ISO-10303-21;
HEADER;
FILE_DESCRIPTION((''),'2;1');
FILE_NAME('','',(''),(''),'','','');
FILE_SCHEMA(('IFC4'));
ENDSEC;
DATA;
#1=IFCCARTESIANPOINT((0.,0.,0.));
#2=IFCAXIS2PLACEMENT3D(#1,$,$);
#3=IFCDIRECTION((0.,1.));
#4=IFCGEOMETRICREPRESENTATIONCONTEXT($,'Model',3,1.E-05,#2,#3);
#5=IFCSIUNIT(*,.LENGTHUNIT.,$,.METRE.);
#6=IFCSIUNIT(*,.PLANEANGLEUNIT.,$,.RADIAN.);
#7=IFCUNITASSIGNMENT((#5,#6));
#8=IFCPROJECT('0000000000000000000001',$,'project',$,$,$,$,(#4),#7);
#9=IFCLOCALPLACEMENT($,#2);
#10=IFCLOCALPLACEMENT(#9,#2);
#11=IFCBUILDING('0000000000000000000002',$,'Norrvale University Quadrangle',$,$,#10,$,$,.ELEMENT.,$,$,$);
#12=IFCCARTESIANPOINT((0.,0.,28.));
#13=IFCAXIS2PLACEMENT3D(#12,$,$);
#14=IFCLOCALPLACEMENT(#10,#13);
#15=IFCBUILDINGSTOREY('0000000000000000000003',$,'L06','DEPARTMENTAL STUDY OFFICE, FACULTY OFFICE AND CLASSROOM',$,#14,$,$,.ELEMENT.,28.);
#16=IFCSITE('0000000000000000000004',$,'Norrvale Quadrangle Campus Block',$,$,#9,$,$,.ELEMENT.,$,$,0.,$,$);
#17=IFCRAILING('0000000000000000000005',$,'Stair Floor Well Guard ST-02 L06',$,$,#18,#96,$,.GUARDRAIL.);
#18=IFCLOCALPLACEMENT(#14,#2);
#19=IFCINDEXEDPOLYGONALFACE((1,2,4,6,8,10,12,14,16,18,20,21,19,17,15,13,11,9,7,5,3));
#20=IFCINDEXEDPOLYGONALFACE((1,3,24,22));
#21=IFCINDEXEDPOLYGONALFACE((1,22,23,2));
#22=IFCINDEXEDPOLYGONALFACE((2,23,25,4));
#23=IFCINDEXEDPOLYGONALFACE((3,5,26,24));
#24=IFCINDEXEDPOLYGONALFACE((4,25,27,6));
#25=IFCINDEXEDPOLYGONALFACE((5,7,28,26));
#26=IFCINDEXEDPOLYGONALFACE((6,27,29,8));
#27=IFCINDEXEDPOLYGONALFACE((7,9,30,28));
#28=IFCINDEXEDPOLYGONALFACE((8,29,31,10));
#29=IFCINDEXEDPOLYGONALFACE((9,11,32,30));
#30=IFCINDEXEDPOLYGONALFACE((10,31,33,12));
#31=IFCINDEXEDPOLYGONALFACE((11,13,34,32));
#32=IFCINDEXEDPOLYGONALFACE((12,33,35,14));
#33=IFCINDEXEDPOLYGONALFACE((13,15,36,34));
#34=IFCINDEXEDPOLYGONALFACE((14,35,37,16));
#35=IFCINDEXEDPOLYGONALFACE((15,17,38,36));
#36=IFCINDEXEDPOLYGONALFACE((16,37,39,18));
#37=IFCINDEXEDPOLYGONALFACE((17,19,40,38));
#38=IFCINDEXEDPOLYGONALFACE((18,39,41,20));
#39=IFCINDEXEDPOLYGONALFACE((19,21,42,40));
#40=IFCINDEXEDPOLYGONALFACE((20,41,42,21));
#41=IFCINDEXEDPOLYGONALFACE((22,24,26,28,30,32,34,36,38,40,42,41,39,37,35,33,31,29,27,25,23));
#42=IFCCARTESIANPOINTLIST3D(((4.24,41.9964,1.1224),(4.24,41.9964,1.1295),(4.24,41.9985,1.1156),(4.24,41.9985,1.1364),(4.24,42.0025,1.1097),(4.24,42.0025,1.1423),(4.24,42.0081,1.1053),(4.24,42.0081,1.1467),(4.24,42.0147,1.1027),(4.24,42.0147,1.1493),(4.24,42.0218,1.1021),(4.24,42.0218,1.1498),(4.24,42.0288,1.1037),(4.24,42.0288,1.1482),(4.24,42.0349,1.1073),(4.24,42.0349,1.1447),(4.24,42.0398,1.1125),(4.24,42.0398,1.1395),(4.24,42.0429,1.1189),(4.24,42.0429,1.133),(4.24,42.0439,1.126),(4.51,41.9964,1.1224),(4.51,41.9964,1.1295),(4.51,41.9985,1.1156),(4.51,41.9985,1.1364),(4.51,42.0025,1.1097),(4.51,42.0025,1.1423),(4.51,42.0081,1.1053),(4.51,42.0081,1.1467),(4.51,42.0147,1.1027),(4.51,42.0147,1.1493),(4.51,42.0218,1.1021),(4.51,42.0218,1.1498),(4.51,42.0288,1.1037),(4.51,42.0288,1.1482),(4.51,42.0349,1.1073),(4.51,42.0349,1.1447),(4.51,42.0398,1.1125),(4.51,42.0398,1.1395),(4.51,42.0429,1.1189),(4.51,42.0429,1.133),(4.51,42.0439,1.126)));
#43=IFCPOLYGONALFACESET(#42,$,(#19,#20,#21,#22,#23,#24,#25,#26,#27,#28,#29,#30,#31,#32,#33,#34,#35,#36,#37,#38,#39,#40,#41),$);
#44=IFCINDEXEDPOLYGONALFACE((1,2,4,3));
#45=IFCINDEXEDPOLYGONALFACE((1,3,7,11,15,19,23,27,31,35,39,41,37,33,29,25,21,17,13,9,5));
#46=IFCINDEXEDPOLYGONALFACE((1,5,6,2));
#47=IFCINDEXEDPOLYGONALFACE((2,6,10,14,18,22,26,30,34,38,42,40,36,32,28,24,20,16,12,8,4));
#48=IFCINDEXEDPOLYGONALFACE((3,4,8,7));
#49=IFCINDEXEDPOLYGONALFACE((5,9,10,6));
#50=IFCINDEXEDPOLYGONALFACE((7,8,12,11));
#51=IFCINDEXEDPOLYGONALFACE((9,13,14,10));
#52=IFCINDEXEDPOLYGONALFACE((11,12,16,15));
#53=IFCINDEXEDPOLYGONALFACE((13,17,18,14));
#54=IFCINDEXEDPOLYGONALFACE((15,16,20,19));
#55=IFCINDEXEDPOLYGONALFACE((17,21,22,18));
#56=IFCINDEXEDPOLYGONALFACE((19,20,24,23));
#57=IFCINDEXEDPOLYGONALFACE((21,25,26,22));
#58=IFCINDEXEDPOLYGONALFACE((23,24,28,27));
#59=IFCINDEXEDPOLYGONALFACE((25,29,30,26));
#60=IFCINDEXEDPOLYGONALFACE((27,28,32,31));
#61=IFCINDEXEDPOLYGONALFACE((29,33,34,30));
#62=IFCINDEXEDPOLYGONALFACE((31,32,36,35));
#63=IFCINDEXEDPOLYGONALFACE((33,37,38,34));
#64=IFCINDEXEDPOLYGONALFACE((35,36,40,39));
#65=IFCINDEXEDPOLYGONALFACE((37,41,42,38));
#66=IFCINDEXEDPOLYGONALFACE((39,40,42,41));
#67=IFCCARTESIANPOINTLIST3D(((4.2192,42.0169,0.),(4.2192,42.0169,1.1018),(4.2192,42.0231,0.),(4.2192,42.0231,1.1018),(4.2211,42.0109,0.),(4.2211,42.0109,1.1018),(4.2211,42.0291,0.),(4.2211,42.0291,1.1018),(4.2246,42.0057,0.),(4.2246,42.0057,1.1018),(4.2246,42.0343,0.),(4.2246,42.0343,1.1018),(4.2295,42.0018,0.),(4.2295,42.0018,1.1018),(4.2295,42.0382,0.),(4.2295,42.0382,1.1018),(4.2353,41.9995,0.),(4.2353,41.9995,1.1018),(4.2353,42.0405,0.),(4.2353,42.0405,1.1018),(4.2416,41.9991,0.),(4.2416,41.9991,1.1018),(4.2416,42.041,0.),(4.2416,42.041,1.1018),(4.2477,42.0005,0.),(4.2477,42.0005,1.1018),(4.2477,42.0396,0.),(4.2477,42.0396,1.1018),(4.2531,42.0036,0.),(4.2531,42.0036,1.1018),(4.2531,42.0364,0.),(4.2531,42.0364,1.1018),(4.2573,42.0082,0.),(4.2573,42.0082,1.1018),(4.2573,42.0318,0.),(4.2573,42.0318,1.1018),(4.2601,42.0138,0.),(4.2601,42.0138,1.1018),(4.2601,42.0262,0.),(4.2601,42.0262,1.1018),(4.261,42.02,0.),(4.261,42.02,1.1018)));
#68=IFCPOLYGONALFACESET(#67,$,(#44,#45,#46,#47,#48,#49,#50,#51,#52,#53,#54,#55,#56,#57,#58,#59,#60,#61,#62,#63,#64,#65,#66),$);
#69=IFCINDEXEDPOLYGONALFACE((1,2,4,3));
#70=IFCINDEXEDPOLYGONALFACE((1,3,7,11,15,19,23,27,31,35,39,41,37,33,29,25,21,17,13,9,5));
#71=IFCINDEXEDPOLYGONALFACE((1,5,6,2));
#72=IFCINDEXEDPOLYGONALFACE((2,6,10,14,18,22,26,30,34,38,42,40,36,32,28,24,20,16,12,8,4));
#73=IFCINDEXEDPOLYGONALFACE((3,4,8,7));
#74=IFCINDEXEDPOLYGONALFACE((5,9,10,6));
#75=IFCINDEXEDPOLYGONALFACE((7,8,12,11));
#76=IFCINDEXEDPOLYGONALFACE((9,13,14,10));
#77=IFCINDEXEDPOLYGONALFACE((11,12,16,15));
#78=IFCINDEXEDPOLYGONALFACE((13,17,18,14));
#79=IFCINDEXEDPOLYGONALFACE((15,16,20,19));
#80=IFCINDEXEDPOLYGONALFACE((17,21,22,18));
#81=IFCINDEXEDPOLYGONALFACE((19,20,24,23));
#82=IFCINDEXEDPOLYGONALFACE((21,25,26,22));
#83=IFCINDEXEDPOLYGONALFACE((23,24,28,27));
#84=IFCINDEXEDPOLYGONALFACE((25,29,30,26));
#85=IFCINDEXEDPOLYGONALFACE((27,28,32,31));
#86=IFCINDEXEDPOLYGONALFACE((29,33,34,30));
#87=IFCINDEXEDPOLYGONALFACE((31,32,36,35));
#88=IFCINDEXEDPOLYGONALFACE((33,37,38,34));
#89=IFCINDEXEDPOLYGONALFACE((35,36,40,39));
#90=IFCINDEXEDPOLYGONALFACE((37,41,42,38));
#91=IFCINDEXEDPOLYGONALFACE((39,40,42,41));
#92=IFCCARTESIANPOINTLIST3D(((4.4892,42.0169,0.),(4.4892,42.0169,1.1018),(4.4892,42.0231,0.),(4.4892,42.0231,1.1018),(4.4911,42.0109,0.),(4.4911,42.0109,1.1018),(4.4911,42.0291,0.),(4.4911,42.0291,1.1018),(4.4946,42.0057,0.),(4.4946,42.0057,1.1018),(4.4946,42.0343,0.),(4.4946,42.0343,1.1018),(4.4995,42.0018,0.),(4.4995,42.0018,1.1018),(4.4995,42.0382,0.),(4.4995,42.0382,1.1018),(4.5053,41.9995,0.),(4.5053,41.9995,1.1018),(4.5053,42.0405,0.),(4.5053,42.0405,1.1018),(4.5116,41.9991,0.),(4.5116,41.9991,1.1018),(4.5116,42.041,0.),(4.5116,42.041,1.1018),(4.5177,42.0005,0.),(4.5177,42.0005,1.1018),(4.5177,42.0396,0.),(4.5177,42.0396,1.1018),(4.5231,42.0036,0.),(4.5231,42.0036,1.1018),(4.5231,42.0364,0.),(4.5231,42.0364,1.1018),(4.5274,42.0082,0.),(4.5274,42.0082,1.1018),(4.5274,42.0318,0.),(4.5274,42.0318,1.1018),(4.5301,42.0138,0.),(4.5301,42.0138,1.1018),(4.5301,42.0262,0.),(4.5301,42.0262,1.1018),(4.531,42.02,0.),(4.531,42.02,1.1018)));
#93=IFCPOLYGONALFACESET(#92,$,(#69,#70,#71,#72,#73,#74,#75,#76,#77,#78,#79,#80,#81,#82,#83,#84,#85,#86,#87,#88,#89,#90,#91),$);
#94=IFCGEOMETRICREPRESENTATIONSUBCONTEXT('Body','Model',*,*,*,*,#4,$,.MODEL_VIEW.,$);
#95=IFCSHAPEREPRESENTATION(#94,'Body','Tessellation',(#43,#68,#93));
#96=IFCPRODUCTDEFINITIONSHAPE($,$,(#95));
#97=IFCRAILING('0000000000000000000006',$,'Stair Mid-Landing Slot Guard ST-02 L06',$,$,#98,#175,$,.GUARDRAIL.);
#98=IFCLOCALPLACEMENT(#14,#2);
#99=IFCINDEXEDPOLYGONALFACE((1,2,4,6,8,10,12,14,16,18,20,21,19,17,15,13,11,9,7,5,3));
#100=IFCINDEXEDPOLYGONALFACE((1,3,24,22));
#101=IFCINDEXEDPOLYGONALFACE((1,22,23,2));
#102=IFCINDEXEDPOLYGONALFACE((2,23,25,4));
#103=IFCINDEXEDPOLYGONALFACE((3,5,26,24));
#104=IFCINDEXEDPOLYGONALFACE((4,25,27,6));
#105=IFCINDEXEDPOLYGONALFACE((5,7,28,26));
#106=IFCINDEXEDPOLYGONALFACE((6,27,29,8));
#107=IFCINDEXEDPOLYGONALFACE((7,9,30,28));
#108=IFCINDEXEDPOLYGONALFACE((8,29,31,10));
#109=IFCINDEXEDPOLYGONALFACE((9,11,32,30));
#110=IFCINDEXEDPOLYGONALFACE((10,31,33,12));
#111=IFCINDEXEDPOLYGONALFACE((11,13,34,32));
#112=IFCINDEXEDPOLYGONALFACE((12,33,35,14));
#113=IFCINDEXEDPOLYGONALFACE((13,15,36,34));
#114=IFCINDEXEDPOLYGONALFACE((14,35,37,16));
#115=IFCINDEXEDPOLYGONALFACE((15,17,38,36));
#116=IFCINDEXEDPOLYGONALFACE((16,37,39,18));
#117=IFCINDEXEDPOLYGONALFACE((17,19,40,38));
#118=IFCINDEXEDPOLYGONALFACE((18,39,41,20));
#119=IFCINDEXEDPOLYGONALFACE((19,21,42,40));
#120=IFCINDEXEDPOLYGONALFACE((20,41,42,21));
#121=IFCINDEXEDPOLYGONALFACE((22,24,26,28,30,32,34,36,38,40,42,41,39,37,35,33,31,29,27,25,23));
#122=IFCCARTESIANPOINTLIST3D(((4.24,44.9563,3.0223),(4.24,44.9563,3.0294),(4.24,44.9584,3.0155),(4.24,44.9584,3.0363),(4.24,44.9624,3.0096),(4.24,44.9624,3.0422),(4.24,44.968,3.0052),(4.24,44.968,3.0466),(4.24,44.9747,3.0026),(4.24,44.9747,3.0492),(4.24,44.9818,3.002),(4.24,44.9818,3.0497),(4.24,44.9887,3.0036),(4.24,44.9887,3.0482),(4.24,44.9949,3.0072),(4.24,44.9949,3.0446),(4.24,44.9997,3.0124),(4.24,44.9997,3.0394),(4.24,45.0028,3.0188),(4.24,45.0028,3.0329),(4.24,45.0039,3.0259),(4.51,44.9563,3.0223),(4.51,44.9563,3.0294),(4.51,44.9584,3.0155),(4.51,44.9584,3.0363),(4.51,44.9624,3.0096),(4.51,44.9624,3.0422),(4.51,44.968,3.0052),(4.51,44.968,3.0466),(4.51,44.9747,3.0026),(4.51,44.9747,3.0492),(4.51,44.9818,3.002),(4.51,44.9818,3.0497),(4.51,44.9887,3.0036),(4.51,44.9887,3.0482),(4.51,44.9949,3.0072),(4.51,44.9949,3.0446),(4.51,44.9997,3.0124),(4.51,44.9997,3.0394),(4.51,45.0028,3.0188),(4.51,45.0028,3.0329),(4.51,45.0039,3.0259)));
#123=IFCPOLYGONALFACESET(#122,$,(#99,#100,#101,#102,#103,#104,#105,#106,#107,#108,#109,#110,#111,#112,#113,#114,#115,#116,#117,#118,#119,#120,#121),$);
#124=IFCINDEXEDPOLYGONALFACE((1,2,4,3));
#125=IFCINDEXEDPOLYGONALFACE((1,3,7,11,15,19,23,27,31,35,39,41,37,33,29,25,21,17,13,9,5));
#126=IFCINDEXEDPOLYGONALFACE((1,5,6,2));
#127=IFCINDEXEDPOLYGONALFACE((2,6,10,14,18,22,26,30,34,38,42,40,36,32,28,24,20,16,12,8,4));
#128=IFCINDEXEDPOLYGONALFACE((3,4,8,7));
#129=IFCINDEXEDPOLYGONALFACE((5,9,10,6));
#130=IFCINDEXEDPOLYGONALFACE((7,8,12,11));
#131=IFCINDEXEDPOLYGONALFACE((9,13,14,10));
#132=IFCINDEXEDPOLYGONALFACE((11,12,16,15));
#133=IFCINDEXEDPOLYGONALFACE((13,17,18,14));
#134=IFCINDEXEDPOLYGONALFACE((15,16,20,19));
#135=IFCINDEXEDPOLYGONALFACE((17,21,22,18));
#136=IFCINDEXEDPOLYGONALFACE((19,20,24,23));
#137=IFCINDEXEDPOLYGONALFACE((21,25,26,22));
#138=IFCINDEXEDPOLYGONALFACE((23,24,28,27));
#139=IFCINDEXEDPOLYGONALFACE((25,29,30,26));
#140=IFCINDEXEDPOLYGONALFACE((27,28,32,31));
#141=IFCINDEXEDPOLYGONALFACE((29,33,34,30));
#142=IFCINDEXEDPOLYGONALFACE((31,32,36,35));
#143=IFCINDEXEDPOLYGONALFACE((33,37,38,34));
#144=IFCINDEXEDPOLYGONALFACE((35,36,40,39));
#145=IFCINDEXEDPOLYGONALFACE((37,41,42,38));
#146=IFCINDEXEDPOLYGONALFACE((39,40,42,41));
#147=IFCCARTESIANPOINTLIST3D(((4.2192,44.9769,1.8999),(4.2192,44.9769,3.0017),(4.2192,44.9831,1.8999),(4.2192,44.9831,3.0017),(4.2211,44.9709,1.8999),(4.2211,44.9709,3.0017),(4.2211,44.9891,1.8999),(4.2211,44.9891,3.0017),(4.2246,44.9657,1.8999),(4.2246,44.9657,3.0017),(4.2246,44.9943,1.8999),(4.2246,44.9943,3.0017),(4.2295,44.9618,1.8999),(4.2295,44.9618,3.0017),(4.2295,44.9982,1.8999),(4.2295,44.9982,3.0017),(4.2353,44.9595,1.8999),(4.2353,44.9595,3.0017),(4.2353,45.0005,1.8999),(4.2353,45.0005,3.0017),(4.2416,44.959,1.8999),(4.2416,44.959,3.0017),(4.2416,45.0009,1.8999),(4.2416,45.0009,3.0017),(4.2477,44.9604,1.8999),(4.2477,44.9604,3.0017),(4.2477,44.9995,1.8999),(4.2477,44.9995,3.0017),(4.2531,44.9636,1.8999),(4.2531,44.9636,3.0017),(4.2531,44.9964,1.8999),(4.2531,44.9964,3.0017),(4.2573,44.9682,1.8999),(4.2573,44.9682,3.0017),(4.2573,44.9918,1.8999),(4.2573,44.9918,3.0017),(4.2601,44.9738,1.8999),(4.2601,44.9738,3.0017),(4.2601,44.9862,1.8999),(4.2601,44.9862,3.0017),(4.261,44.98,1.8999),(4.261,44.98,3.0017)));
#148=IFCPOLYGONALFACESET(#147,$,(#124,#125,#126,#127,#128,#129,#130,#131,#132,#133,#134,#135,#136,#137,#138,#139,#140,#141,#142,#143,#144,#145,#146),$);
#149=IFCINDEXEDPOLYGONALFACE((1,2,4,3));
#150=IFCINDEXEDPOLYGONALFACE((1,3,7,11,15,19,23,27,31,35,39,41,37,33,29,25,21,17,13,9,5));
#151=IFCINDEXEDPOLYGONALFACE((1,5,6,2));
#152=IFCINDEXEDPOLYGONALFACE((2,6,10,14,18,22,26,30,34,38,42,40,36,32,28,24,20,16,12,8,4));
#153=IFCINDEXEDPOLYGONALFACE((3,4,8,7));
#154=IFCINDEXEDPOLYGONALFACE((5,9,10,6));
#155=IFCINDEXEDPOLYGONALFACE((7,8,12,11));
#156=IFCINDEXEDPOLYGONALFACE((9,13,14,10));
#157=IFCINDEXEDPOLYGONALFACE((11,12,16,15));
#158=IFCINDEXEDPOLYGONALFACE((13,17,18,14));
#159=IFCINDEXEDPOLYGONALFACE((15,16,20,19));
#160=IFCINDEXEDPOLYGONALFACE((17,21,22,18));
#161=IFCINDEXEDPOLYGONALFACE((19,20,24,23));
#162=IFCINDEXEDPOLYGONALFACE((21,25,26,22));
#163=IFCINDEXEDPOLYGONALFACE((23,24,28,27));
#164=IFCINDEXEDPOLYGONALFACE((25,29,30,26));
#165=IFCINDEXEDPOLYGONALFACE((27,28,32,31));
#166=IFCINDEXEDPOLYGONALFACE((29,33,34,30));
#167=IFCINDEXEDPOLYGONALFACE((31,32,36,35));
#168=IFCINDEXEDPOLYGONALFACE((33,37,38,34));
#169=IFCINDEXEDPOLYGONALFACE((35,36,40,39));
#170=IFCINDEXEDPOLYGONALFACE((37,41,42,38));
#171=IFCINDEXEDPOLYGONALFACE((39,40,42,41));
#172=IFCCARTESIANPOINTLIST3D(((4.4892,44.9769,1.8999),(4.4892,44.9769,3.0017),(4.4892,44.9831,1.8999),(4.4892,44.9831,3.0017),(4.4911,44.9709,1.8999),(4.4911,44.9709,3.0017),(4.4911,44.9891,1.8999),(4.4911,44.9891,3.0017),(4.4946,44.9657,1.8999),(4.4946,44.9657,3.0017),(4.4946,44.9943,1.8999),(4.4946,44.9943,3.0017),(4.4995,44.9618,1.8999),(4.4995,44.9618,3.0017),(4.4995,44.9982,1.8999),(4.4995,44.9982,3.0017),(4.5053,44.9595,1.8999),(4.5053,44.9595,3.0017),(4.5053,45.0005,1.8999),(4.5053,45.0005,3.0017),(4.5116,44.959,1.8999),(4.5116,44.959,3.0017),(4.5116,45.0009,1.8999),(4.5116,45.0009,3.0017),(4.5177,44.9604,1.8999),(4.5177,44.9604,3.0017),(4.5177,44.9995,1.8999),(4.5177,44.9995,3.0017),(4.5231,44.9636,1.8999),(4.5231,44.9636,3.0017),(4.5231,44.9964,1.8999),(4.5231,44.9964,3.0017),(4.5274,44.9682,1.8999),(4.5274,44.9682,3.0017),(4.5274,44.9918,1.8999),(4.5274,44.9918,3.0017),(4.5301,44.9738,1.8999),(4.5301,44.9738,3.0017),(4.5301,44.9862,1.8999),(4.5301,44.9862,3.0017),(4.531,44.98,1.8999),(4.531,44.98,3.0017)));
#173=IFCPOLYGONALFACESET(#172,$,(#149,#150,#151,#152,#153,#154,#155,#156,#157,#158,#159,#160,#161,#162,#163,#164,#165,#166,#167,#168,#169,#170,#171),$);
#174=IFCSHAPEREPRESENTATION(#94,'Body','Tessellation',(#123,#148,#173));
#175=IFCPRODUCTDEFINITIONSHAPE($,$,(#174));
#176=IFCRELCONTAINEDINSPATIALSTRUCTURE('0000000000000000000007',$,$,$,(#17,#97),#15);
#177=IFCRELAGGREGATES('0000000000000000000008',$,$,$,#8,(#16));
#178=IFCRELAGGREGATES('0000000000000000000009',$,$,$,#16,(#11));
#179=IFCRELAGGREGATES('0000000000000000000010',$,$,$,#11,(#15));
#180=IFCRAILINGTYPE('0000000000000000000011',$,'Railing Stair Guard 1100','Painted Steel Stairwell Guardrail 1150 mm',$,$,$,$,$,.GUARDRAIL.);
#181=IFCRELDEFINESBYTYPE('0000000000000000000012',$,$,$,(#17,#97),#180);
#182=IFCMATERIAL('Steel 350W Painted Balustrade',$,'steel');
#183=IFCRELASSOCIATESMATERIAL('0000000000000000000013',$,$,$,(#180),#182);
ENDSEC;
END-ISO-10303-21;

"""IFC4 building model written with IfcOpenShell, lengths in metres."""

from ifc_helpers import new_model, si_unit, direction, frame, origin, origin_2d, place, context, subcontext, project, spatial, circle, extrude, material, type_object, element, save


model = new_model("IFC4")

# Units and contexts
model_context = context("Model", 3, precision=1e-05, world=origin(), true_north=direction((0.0, 1.0)))
body_context = subcontext(model_context, "Body", "Model", "MODEL_VIEW")
ifc_project = project(units=[si_unit("LENGTHUNIT", "METRE"), si_unit("PLANEANGLEUNIT", "RADIAN")], contexts=[model_context])

# Site, building, storey
site_placement = place(None, origin())
site = spatial("IfcSite", under=ifc_project, at=site_placement, Name="Norrvale Quadrangle Campus Block", CompositionType="ELEMENT", RefElevation=0.0)
building_placement = place(site_placement, origin())
building = spatial("IfcBuilding", under=site, at=building_placement, Name="Norrvale University Quadrangle", CompositionType="ELEMENT")
storey_placement = place(building_placement, frame((0.0, 0.0, 28.0)))
storey = spatial("IfcBuildingStorey", under=building, at=storey_placement, Name="L06", Description="DEPARTMENTAL STUDY OFFICE, FACULTY OFFICE AND CLASSROOM", CompositionType="ELEMENT", Elevation=28.0)

# Railings
ifc_material_1 = material(Name="Steel 350W Painted Balustrade", Category="steel")
railing_type_1 = type_object("IfcRailingType", Name="Railing Stair Guard 1100", Description="Painted Steel Stairwell Guardrail 1150 mm", PredefinedType="GUARDRAIL", material=ifc_material_1)
for number, where, name in (
    (1, (4.24, 42.02, 0.0), "Stair Floor Well Guard ST-02 L06"),
    (2, (4.24, 44.98, 1.8999), "Stair Mid-Landing Slot Guard ST-02 L06"),
):
    element("IfcRailing", number, at=place(storey_placement, frame(where)), inside=storey, type_object=railing_type_1, Name=name, PredefinedType="GUARDRAIL", context=body_context, shape_type="SweptSolid", body=[
        extrude(circle(Radius=0.0239, at=origin_2d()), frame((0.0, 0.0, 1.126), z_axis=(1.0, 0.0, 0.0), x_axis=(0.0, 1.0, 0.0)), (0.0, 0.0, 1.0), 0.27),
        extrude(circle(Radius=0.021, at=origin_2d()), origin(), (0.0, 0.0, 1.0), 1.1018),
        extrude(circle(Radius=0.021, at=origin_2d()), frame((0.27, 0.0, 0.0)), (0.0, 0.0, 1.0), 1.1018),
    ])

save(model, "model.ifc")
